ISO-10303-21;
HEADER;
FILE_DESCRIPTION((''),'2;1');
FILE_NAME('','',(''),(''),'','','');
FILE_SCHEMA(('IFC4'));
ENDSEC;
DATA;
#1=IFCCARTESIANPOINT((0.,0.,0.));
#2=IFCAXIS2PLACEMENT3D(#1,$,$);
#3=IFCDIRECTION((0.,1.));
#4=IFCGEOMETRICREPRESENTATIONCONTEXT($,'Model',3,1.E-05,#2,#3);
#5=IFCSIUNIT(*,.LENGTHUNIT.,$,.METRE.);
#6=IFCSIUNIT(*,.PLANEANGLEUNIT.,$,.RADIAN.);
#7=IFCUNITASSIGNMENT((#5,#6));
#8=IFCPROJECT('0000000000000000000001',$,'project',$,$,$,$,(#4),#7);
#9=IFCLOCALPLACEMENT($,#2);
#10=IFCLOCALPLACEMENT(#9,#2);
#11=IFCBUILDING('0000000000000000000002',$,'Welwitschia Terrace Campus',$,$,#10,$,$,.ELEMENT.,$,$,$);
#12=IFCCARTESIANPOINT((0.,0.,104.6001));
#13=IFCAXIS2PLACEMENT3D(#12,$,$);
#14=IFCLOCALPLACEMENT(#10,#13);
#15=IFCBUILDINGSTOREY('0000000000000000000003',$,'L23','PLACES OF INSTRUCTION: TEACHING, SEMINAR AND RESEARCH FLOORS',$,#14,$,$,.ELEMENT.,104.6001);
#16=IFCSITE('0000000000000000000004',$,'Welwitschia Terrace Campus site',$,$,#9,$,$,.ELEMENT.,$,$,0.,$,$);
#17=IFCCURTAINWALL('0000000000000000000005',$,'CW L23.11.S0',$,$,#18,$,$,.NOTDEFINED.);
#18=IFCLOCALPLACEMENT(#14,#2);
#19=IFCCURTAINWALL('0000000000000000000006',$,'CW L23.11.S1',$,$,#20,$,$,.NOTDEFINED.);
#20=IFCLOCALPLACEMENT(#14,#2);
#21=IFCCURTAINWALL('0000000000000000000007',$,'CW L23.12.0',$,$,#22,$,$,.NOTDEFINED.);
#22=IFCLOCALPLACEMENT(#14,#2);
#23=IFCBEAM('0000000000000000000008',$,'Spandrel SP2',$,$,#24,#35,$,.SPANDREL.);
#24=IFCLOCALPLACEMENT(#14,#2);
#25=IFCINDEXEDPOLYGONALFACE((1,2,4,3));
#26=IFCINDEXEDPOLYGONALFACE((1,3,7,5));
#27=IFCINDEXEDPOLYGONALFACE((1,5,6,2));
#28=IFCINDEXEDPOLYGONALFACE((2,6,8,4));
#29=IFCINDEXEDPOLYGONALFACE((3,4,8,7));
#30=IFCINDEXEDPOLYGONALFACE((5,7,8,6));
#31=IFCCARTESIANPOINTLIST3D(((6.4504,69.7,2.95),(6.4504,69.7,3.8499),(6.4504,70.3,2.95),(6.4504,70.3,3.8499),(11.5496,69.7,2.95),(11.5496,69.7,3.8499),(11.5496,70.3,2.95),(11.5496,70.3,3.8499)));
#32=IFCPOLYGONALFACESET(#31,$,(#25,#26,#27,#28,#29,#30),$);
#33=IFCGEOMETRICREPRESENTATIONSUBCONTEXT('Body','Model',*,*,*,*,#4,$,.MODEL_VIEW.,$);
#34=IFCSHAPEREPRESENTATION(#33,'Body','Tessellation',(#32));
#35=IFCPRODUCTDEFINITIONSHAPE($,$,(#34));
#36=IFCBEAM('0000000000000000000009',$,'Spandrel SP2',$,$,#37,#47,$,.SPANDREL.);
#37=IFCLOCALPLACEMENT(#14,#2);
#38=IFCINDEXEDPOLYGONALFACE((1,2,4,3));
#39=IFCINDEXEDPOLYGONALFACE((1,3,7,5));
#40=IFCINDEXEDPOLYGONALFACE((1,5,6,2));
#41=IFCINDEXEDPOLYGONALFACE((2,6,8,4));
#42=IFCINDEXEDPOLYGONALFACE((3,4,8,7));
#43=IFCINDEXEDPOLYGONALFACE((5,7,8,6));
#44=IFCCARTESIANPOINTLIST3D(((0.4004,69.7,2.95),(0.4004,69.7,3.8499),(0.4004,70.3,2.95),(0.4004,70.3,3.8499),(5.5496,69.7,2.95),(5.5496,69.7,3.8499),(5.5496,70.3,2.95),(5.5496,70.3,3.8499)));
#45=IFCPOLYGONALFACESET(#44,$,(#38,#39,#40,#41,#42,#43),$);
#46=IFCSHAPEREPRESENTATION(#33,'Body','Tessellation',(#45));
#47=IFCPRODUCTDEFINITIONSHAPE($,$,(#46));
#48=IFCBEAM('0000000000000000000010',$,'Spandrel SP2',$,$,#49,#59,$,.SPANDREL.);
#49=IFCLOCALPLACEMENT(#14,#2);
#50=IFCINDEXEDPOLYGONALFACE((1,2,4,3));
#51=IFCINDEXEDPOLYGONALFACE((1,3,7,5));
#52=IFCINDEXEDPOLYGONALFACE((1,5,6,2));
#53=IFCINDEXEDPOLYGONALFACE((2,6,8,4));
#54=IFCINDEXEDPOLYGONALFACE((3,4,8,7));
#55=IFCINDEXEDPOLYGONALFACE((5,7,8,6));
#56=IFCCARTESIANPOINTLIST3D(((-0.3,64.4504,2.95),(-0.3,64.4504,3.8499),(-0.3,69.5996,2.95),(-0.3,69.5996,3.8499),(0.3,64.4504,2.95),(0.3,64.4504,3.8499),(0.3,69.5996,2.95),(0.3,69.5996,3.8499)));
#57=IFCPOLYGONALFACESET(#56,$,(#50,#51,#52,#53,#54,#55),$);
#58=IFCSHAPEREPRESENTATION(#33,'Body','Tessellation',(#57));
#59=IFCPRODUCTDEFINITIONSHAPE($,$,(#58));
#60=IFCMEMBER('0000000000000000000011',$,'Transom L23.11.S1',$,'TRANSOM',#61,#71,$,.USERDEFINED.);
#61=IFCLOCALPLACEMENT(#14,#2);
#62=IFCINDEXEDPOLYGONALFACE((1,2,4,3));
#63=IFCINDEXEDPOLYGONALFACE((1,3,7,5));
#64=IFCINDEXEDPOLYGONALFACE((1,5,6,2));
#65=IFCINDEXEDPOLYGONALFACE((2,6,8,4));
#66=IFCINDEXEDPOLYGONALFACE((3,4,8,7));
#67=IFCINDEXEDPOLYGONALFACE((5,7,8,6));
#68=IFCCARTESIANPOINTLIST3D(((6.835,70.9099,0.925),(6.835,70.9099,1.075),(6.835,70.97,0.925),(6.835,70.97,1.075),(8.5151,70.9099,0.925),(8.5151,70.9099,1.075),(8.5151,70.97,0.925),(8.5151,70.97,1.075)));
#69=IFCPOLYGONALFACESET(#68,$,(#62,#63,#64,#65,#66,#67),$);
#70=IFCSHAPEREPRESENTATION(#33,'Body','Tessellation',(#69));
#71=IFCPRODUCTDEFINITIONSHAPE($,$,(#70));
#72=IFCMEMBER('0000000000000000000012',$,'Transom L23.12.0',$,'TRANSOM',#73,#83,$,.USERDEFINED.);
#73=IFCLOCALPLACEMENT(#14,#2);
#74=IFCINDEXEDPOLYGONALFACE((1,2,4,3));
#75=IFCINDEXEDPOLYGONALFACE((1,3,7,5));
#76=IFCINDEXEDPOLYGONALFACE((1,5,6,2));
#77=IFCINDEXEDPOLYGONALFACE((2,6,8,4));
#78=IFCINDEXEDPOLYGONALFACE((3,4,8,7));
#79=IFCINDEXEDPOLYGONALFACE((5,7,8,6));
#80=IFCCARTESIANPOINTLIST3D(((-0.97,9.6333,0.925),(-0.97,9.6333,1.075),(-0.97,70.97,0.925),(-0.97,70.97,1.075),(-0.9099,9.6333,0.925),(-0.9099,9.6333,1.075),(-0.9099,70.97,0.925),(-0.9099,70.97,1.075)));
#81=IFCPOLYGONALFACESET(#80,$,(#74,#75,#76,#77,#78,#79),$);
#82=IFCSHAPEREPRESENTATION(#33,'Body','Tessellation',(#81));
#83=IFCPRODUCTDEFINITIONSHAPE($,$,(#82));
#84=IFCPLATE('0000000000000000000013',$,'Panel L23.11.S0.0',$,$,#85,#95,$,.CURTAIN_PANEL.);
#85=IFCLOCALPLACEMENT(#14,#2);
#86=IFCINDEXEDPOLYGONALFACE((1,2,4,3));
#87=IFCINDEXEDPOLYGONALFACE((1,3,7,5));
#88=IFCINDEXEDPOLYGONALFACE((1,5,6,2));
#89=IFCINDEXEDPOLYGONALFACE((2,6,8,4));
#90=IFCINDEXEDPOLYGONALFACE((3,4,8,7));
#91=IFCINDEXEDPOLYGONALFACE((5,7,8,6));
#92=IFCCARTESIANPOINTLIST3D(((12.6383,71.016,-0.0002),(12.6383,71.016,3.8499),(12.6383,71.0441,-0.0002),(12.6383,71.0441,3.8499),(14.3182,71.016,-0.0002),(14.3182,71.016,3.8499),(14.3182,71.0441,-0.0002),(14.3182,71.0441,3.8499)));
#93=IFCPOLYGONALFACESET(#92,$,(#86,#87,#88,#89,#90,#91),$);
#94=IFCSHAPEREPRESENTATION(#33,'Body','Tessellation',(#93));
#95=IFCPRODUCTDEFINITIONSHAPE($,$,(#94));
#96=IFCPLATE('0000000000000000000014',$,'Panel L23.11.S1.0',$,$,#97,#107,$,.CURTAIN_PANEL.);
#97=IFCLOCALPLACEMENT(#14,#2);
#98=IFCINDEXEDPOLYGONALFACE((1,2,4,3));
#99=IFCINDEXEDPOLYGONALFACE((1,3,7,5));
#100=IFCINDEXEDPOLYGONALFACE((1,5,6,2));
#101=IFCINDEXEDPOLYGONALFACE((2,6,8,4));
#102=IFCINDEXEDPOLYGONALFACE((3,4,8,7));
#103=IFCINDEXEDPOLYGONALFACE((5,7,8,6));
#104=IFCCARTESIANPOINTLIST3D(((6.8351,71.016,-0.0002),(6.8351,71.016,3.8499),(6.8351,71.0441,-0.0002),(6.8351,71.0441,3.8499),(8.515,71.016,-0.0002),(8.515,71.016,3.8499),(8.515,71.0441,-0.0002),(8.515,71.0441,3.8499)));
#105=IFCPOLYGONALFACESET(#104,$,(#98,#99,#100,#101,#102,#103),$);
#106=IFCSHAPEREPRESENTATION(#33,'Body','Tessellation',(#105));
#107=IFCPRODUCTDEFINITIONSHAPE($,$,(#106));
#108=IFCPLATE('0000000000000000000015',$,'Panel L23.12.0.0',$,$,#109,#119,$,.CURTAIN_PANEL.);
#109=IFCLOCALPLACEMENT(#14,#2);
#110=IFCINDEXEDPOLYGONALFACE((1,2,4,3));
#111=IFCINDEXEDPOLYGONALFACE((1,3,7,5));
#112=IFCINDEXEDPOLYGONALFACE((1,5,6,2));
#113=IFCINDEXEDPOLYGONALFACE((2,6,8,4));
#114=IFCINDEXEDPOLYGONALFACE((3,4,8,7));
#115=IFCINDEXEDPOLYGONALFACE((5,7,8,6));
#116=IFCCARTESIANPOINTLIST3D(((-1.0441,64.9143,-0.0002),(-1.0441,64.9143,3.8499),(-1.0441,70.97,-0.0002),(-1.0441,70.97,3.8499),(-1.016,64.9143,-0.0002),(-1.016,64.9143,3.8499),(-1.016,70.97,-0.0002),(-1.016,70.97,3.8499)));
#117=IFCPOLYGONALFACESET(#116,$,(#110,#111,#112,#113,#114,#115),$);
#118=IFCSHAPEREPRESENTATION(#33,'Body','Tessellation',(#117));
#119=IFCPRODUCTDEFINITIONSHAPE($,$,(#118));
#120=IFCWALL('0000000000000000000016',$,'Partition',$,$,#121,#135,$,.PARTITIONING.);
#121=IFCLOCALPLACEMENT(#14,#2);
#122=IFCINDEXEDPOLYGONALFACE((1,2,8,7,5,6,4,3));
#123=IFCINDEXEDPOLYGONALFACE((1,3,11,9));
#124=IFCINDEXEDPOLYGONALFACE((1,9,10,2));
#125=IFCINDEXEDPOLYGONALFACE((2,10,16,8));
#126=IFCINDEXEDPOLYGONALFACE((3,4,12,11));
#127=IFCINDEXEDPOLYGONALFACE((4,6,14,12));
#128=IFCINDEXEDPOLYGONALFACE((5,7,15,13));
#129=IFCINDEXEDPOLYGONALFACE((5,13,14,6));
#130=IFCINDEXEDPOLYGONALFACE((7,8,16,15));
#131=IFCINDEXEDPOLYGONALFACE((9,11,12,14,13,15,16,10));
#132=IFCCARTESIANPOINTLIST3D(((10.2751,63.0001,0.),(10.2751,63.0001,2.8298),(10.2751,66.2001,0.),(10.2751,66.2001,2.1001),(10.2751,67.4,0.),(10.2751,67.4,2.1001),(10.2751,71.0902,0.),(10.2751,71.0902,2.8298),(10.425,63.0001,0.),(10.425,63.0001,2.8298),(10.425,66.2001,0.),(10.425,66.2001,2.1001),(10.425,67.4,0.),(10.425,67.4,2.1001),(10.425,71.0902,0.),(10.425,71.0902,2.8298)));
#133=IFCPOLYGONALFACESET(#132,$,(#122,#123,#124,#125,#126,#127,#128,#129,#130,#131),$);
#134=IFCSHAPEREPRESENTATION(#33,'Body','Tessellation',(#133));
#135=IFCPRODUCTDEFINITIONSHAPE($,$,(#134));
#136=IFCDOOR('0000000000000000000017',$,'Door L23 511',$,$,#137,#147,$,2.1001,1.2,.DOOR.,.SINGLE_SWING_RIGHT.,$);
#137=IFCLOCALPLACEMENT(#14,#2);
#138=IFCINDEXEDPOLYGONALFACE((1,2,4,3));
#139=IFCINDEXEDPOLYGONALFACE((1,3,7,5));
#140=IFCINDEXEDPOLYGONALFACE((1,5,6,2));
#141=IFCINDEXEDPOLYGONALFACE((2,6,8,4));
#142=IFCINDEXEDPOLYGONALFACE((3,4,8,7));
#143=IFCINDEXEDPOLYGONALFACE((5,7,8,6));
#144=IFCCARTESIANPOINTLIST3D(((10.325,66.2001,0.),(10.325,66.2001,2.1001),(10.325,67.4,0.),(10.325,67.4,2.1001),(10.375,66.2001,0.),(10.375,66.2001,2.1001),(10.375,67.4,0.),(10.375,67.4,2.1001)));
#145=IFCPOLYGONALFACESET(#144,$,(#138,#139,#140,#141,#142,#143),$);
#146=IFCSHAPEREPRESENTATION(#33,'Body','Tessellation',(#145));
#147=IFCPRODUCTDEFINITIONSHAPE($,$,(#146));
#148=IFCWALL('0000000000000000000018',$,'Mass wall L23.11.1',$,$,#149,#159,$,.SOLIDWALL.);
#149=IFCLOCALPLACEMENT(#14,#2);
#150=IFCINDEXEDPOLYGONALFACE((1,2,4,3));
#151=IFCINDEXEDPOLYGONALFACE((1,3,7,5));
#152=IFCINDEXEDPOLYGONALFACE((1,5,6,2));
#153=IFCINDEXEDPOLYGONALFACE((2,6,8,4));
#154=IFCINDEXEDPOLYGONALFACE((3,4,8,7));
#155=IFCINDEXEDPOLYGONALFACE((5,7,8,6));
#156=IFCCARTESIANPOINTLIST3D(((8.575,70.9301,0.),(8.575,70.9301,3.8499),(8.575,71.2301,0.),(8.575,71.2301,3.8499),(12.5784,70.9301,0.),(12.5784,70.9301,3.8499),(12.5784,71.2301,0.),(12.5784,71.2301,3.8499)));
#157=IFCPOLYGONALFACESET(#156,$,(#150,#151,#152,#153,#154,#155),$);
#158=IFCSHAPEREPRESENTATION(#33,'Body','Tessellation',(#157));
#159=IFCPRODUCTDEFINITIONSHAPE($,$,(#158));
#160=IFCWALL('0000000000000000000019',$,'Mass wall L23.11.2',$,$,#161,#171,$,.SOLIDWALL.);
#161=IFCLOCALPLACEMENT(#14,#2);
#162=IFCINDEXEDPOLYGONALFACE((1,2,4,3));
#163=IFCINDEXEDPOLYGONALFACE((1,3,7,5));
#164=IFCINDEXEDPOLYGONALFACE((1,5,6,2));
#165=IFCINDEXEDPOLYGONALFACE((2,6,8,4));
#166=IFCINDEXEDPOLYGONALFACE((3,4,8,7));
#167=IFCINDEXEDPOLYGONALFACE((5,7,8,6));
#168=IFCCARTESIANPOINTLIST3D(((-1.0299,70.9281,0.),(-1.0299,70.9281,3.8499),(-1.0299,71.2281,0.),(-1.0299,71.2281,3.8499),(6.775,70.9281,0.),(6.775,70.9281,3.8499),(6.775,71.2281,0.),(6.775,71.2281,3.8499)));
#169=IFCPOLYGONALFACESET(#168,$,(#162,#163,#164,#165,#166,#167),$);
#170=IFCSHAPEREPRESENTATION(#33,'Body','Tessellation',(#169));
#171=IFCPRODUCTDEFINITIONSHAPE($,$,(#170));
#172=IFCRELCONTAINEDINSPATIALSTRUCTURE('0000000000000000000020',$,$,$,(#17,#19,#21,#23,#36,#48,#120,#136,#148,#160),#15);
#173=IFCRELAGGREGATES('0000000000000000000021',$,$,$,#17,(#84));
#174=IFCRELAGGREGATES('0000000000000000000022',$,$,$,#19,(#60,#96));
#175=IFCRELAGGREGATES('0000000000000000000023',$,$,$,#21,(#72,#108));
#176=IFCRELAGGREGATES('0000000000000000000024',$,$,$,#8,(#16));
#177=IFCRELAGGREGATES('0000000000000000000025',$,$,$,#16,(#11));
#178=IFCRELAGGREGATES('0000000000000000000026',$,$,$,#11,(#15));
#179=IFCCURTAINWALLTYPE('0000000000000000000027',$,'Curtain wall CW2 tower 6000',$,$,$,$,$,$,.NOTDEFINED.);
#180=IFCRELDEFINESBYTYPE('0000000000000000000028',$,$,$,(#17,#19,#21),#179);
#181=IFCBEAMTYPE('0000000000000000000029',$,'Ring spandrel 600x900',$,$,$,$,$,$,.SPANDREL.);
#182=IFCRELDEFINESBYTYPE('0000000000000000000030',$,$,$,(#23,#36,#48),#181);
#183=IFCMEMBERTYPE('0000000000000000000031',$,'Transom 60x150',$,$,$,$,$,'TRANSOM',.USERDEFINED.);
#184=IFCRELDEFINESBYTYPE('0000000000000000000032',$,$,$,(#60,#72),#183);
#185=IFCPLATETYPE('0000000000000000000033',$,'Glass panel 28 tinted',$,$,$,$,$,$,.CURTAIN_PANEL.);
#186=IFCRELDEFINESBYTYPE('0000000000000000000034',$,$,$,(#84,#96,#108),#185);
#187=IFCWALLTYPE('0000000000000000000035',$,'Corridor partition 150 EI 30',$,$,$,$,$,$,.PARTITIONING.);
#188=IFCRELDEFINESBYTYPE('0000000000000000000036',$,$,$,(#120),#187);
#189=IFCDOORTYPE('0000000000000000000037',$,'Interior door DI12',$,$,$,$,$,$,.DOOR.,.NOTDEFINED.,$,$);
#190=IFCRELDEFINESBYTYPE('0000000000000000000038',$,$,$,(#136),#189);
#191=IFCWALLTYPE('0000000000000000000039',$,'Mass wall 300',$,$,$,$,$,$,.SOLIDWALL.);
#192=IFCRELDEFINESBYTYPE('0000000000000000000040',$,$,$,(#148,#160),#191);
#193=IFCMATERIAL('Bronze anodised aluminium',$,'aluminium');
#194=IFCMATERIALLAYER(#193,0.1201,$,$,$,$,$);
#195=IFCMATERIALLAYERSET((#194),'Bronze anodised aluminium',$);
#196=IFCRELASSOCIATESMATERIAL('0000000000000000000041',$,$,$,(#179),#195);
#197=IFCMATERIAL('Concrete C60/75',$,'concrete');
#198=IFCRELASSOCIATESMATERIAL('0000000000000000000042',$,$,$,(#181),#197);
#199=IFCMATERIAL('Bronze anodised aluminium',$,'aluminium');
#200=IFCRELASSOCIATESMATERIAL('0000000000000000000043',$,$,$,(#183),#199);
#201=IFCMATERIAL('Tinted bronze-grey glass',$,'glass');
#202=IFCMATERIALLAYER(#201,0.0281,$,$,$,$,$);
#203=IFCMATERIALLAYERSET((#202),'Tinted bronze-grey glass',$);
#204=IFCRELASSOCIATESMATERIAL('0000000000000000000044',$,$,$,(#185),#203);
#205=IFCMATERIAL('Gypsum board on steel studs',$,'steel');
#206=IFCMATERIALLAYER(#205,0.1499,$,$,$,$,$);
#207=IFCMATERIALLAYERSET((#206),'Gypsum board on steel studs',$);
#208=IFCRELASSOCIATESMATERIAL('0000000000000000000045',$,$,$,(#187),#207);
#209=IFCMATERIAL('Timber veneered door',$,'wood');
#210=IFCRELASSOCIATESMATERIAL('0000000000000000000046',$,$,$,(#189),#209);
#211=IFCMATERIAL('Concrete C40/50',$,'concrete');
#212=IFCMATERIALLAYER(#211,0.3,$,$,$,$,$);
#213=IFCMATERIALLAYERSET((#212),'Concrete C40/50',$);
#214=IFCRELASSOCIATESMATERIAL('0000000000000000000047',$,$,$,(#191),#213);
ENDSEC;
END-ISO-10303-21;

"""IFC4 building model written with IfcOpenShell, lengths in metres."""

from ifc_helpers import new_model, si_unit, direction, frame, frame_2d, origin, origin_2d, place, context, subcontext, project, spatial, rectangle, extrude, material, layer, layer_set, material_profile, profile_set, type_object, element, fill, aggregate, save


model = new_model("IFC4")

# Units and contexts
model_context = context("Model", 3, precision=1e-05, world=origin(), true_north=direction((0.0, 1.0)))
body_context = subcontext(model_context, "Body", "Model", "MODEL_VIEW")
ifc_project = project(units=[si_unit("LENGTHUNIT", "METRE"), si_unit("PLANEANGLEUNIT", "RADIAN")], contexts=[model_context])

# Site, building, storey
site_placement = place(None, origin())
site = spatial("IfcSite", under=ifc_project, at=site_placement, Name="Welwitschia Terrace Campus site", CompositionType="ELEMENT", RefElevation=0.0)
building_placement = place(site_placement, origin())
building = spatial("IfcBuilding", under=site, at=building_placement, Name="Welwitschia Terrace Campus", CompositionType="ELEMENT")
storey_placement = place(building_placement, frame((0.0, 0.0, 104.6001)))
storey = spatial("IfcBuildingStorey", under=building, at=storey_placement, Name="L23", Description="PLACES OF INSTRUCTION: TEACHING, SEMINAR AND RESEARCH FLOORS", CompositionType="ELEMENT", Elevation=104.6001)

# Curtain wall
ifc_material_1 = material(Name="Bronze anodised aluminium", Category="aluminium")
ifc_layer_1 = layer(ifc_material_1, 0.1201)
ifc_layer_set_1 = layer_set([ifc_layer_1], Name="Bronze anodised aluminium")
curtain_wall_type = type_object("IfcCurtainWallType", Name="Curtain wall CW2 tower 6000", PredefinedType="NOTDEFINED", material=ifc_layer_set_1)
curtain_wall_1_placement = place(storey_placement, origin())
curtain_wall_1 = element("IfcCurtainWall", 1, at=curtain_wall_1_placement, inside=storey, type_object=curtain_wall_type, Name="CW L23.11.S0", PredefinedType="NOTDEFINED")

# Curtain walls
curtain_wall_2_placement = place(storey_placement, origin())
curtain_wall_2 = element("IfcCurtainWall", 2, at=curtain_wall_2_placement, inside=storey, type_object=curtain_wall_type, Name="CW L23.11.S1", PredefinedType="NOTDEFINED")
curtain_wall_3_placement = place(storey_placement, origin())
curtain_wall_3 = element("IfcCurtainWall", 3, at=curtain_wall_3_placement, inside=storey, type_object=curtain_wall_type, Name="CW L23.12.0", PredefinedType="NOTDEFINED")

# Beams
ifc_material_2 = material(Name="Concrete C60/75", Category="concrete")
ifc_material_profile_1 = material_profile(ifc_material_2, rectangle(XDim=0.6001, YDim=0.8999, at=origin_2d()))
ifc_profile_set_1 = profile_set([ifc_material_profile_1], Name="Concrete C60/75")
beam_type_1 = type_object("IfcBeamType", Name="Ring spandrel 600x900", PredefinedType="SPANDREL", material=ifc_profile_set_1)
beam_1_placement = place(storey_placement, frame((11.5496, 70.0, 3.3999), z_axis=(-1.0, 0.0, 0.0), x_axis=(0.0, -1.0, 0.0)))
element("IfcBeam", 4, at=beam_1_placement, inside=storey, type_object=beam_type_1, Name="Spandrel SP2", PredefinedType="SPANDREL", context=body_context, shape_type="SweptSolid", body=[
    extrude(rectangle(XDim=0.6001, YDim=0.8999, at=origin_2d()), origin(), (0.0, 0.0, 1.0), 5.0991),
])
for number, where, z_axis, x_axis, name in (
    (5, (5.5496, 70.0, 3.3999), (-1.0, 0.0, 0.0), (0.0, -1.0, 0.0), "Spandrel SP2"),
    (6, (0.0, 69.5996, 3.3999), (0.0, -1.0, 0.0), (1.0, 0.0, 0.0), "Spandrel SP2"),
):
    element("IfcBeam", number, at=place(storey_placement, frame(where, z_axis=z_axis, x_axis=x_axis)), inside=storey, type_object=beam_type_1, Name=name, PredefinedType="SPANDREL", context=body_context, shape_type="SweptSolid", body=[
        extrude(rectangle(XDim=0.6001, YDim=0.8999, at=origin_2d()), origin(), (0.0, 0.0, 1.0), 5.1492),
    ])

# Members
ifc_material_3 = material(Name="Bronze anodised aluminium", Category="aluminium")
ifc_material_profile_2 = material_profile(ifc_material_3, rectangle(XDim=0.0601, YDim=0.1499, at=origin_2d()))
ifc_profile_set_2 = profile_set([ifc_material_profile_2], Name="Bronze anodised aluminium")
member_type_1 = type_object("IfcMemberType", Name="Transom 60x150", ElementType="TRANSOM", PredefinedType="USERDEFINED", material=ifc_profile_set_2)
member_1_placement = place(storey_placement, frame((8.5151, 70.9399, 1.0), z_axis=(-1.0, 0.0, 0.0), x_axis=(0.0, -1.0, 0.0)))
member_1 = element("IfcMember", 7, at=member_1_placement, type_object=member_type_1, Name="Transom L23.11.S1", ObjectType="TRANSOM", PredefinedType="USERDEFINED", context=body_context, shape_type="SweptSolid", body=[
    extrude(rectangle(XDim=0.0601, YDim=0.1499, at=origin_2d()), origin(), (0.0, 0.0, 1.0), 1.6802),
])
member_2_placement = place(storey_placement, frame((-0.9399, 70.97, 1.0), z_axis=(0.0, -1.0, 0.0), x_axis=(1.0, 0.0, 0.0)))
member_2 = element("IfcMember", 8, at=member_2_placement, type_object=member_type_1, Name="Transom L23.12.0", ObjectType="TRANSOM", PredefinedType="USERDEFINED", context=body_context, shape_type="SweptSolid", body=[
    extrude(rectangle(XDim=0.0601, YDim=0.1499, at=origin_2d()), origin(), (0.0, 0.0, 1.0), 61.3367),
])

# Plates
ifc_material_4 = material(Name="Tinted bronze-grey glass", Category="glass")
ifc_layer_2 = layer(ifc_material_4, 0.0281)
ifc_layer_set_2 = layer_set([ifc_layer_2], Name="Tinted bronze-grey glass")
plate_type = type_object("IfcPlateType", Name="Glass panel 28 tinted", PredefinedType="CURTAIN_PANEL", material=ifc_layer_set_2)
plate_1_placement = place(storey_placement, frame((13.4783, 71.03, -0.0002), z_axis=(0.0, 0.0, 1.0), x_axis=(-1.0, 0.0, 0.0)))
plate_1 = element("IfcPlate", 9, at=plate_1_placement, type_object=plate_type, Name="Panel L23.11.S0.0", PredefinedType="CURTAIN_PANEL", context=body_context, shape_type="SweptSolid", body=[
    extrude(rectangle(XDim=1.6799, YDim=0.0281, at=origin_2d()), origin(), (0.0, 0.0, 1.0), 3.8501),
])
aggregate(curtain_wall_1, [plate_1])
plate_2_placement = place(storey_placement, frame((7.675, 71.03, -0.0002), z_axis=(0.0, 0.0, 1.0), x_axis=(-1.0, 0.0, 0.0)))
plate_2 = element("IfcPlate", 10, at=plate_2_placement, type_object=plate_type, Name="Panel L23.11.S1.0", PredefinedType="CURTAIN_PANEL", context=body_context, shape_type="SweptSolid", body=[
    extrude(rectangle(XDim=1.6799, YDim=0.0281, at=origin_2d()), origin(), (0.0, 0.0, 1.0), 3.8501),
])
aggregate(curtain_wall_2, [member_1, plate_2])
plate_3_placement = place(storey_placement, frame((-1.03, 67.9421, -0.0002), z_axis=(0.0, 0.0, 1.0), x_axis=(0.0, -1.0, 0.0)))
plate_3 = element("IfcPlate", 11, at=plate_3_placement, type_object=plate_type, Name="Panel L23.12.0.0", PredefinedType="CURTAIN_PANEL", context=body_context, shape_type="SweptSolid", body=[
    extrude(rectangle(XDim=6.0557, YDim=0.0281, at=origin_2d()), origin(), (0.0, 0.0, 1.0), 3.8501),
])
aggregate(curtain_wall_3, [member_2, plate_3])

# Wall, opening, door
ifc_material_5 = material(Name="Gypsum board on steel studs", Category="steel")
ifc_layer_3 = layer(ifc_material_5, 0.1499)
ifc_layer_set_3 = layer_set([ifc_layer_3], Name="Gypsum board on steel studs")
wall_type_1 = type_object("IfcWallType", Name="Corridor partition 150 EI 30", PredefinedType="PARTITIONING", material=ifc_layer_set_3)
wall_1_placement = place(storey_placement, frame((10.3501, 71.0901, 0.0), z_axis=(0.0, 0.0, 1.0), x_axis=(0.0, -1.0, 0.0)))
wall_1 = element("IfcWall", 12, at=wall_1_placement, inside=storey, type_object=wall_type_1, Name="Partition", PredefinedType="PARTITIONING", context=body_context, shape_type="SweptSolid", body=[
    extrude(rectangle(XDim=8.0901, YDim=0.1499, at=frame_2d((4.0449, 0.0))), origin(), (0.0, 0.0, 1.0), 2.8298),
])
opening_placement = place(wall_1_placement, frame((3.6899, 0.0, 0.0)))
opening = element("IfcOpeningElement", 13, at=opening_placement, cuts=wall_1, PredefinedType="OPENING", context=body_context, shape_type="SweptSolid", body=[
    extrude(rectangle(XDim=1.2, YDim=2.1001, at=frame_2d((0.6001, 1.05))), frame((0.0, 0.085, 0.0), z_axis=(0.0, -1.0, 0.0), x_axis=(1.0, 0.0, 0.0)), (0.0, 0.0, 1.0), 0.1699),
])
ifc_material_6 = material(Name="Timber veneered door", Category="wood")
door_type = type_object("IfcDoorType", Name="Interior door DI12", OperationType="NOTDEFINED", PredefinedType="DOOR", material=ifc_material_6)
door_placement = place(opening_placement, origin())
door = element("IfcDoor", 14, at=door_placement, inside=storey, type_object=door_type, Name="Door L23 511", OperationType="SINGLE_SWING_RIGHT", OverallHeight=2.1001, OverallWidth=1.2, PredefinedType="DOOR", context=body_context, shape_type="SweptSolid", body=[
    extrude(rectangle(XDim=1.2, YDim=2.1001, at=frame_2d((0.6001, 1.05))), frame((0.0, 0.0249, 0.0), z_axis=(0.0, -1.0, 0.0), x_axis=(1.0, 0.0, 0.0)), (0.0, 0.0, 1.0), 0.05),
])
fill(opening, door)

# Walls
ifc_material_7 = material(Name="Concrete C40/50", Category="concrete")
ifc_layer_4 = layer(ifc_material_7, 0.3)
ifc_layer_set_4 = layer_set([ifc_layer_4], Name="Concrete C40/50")
wall_type_2 = type_object("IfcWallType", Name="Mass wall 300", PredefinedType="SOLIDWALL", material=ifc_layer_set_4)
wall_2_placement = place(storey_placement, frame((12.5784, 71.0801, 0.0), z_axis=(0.0, 0.0, 1.0), x_axis=(-1.0, 0.0, 0.0)))
element("IfcWall", 15, at=wall_2_placement, inside=storey, type_object=wall_type_2, Name="Mass wall L23.11.1", PredefinedType="SOLIDWALL", context=body_context, shape_type="SweptSolid", body=[
    extrude(rectangle(XDim=4.0034, YDim=0.3, at=frame_2d((2.0017, 0.0))), origin(), (0.0, 0.0, 1.0), 3.8499),
])
wall_3_placement = place(storey_placement, frame((6.7749, 71.0781, 0.0), z_axis=(0.0, 0.0, 1.0), x_axis=(-1.0, 0.0, 0.0)))
element("IfcWall", 16, at=wall_3_placement, inside=storey, type_object=wall_type_2, Name="Mass wall L23.11.2", PredefinedType="SOLIDWALL", context=body_context, shape_type="SweptSolid", body=[
    extrude(rectangle(XDim=7.8049, YDim=0.3, at=frame_2d((3.9023, 0.0))), origin(), (0.0, 0.0, 1.0), 3.8499),
])

save(model, "model.ifc")
